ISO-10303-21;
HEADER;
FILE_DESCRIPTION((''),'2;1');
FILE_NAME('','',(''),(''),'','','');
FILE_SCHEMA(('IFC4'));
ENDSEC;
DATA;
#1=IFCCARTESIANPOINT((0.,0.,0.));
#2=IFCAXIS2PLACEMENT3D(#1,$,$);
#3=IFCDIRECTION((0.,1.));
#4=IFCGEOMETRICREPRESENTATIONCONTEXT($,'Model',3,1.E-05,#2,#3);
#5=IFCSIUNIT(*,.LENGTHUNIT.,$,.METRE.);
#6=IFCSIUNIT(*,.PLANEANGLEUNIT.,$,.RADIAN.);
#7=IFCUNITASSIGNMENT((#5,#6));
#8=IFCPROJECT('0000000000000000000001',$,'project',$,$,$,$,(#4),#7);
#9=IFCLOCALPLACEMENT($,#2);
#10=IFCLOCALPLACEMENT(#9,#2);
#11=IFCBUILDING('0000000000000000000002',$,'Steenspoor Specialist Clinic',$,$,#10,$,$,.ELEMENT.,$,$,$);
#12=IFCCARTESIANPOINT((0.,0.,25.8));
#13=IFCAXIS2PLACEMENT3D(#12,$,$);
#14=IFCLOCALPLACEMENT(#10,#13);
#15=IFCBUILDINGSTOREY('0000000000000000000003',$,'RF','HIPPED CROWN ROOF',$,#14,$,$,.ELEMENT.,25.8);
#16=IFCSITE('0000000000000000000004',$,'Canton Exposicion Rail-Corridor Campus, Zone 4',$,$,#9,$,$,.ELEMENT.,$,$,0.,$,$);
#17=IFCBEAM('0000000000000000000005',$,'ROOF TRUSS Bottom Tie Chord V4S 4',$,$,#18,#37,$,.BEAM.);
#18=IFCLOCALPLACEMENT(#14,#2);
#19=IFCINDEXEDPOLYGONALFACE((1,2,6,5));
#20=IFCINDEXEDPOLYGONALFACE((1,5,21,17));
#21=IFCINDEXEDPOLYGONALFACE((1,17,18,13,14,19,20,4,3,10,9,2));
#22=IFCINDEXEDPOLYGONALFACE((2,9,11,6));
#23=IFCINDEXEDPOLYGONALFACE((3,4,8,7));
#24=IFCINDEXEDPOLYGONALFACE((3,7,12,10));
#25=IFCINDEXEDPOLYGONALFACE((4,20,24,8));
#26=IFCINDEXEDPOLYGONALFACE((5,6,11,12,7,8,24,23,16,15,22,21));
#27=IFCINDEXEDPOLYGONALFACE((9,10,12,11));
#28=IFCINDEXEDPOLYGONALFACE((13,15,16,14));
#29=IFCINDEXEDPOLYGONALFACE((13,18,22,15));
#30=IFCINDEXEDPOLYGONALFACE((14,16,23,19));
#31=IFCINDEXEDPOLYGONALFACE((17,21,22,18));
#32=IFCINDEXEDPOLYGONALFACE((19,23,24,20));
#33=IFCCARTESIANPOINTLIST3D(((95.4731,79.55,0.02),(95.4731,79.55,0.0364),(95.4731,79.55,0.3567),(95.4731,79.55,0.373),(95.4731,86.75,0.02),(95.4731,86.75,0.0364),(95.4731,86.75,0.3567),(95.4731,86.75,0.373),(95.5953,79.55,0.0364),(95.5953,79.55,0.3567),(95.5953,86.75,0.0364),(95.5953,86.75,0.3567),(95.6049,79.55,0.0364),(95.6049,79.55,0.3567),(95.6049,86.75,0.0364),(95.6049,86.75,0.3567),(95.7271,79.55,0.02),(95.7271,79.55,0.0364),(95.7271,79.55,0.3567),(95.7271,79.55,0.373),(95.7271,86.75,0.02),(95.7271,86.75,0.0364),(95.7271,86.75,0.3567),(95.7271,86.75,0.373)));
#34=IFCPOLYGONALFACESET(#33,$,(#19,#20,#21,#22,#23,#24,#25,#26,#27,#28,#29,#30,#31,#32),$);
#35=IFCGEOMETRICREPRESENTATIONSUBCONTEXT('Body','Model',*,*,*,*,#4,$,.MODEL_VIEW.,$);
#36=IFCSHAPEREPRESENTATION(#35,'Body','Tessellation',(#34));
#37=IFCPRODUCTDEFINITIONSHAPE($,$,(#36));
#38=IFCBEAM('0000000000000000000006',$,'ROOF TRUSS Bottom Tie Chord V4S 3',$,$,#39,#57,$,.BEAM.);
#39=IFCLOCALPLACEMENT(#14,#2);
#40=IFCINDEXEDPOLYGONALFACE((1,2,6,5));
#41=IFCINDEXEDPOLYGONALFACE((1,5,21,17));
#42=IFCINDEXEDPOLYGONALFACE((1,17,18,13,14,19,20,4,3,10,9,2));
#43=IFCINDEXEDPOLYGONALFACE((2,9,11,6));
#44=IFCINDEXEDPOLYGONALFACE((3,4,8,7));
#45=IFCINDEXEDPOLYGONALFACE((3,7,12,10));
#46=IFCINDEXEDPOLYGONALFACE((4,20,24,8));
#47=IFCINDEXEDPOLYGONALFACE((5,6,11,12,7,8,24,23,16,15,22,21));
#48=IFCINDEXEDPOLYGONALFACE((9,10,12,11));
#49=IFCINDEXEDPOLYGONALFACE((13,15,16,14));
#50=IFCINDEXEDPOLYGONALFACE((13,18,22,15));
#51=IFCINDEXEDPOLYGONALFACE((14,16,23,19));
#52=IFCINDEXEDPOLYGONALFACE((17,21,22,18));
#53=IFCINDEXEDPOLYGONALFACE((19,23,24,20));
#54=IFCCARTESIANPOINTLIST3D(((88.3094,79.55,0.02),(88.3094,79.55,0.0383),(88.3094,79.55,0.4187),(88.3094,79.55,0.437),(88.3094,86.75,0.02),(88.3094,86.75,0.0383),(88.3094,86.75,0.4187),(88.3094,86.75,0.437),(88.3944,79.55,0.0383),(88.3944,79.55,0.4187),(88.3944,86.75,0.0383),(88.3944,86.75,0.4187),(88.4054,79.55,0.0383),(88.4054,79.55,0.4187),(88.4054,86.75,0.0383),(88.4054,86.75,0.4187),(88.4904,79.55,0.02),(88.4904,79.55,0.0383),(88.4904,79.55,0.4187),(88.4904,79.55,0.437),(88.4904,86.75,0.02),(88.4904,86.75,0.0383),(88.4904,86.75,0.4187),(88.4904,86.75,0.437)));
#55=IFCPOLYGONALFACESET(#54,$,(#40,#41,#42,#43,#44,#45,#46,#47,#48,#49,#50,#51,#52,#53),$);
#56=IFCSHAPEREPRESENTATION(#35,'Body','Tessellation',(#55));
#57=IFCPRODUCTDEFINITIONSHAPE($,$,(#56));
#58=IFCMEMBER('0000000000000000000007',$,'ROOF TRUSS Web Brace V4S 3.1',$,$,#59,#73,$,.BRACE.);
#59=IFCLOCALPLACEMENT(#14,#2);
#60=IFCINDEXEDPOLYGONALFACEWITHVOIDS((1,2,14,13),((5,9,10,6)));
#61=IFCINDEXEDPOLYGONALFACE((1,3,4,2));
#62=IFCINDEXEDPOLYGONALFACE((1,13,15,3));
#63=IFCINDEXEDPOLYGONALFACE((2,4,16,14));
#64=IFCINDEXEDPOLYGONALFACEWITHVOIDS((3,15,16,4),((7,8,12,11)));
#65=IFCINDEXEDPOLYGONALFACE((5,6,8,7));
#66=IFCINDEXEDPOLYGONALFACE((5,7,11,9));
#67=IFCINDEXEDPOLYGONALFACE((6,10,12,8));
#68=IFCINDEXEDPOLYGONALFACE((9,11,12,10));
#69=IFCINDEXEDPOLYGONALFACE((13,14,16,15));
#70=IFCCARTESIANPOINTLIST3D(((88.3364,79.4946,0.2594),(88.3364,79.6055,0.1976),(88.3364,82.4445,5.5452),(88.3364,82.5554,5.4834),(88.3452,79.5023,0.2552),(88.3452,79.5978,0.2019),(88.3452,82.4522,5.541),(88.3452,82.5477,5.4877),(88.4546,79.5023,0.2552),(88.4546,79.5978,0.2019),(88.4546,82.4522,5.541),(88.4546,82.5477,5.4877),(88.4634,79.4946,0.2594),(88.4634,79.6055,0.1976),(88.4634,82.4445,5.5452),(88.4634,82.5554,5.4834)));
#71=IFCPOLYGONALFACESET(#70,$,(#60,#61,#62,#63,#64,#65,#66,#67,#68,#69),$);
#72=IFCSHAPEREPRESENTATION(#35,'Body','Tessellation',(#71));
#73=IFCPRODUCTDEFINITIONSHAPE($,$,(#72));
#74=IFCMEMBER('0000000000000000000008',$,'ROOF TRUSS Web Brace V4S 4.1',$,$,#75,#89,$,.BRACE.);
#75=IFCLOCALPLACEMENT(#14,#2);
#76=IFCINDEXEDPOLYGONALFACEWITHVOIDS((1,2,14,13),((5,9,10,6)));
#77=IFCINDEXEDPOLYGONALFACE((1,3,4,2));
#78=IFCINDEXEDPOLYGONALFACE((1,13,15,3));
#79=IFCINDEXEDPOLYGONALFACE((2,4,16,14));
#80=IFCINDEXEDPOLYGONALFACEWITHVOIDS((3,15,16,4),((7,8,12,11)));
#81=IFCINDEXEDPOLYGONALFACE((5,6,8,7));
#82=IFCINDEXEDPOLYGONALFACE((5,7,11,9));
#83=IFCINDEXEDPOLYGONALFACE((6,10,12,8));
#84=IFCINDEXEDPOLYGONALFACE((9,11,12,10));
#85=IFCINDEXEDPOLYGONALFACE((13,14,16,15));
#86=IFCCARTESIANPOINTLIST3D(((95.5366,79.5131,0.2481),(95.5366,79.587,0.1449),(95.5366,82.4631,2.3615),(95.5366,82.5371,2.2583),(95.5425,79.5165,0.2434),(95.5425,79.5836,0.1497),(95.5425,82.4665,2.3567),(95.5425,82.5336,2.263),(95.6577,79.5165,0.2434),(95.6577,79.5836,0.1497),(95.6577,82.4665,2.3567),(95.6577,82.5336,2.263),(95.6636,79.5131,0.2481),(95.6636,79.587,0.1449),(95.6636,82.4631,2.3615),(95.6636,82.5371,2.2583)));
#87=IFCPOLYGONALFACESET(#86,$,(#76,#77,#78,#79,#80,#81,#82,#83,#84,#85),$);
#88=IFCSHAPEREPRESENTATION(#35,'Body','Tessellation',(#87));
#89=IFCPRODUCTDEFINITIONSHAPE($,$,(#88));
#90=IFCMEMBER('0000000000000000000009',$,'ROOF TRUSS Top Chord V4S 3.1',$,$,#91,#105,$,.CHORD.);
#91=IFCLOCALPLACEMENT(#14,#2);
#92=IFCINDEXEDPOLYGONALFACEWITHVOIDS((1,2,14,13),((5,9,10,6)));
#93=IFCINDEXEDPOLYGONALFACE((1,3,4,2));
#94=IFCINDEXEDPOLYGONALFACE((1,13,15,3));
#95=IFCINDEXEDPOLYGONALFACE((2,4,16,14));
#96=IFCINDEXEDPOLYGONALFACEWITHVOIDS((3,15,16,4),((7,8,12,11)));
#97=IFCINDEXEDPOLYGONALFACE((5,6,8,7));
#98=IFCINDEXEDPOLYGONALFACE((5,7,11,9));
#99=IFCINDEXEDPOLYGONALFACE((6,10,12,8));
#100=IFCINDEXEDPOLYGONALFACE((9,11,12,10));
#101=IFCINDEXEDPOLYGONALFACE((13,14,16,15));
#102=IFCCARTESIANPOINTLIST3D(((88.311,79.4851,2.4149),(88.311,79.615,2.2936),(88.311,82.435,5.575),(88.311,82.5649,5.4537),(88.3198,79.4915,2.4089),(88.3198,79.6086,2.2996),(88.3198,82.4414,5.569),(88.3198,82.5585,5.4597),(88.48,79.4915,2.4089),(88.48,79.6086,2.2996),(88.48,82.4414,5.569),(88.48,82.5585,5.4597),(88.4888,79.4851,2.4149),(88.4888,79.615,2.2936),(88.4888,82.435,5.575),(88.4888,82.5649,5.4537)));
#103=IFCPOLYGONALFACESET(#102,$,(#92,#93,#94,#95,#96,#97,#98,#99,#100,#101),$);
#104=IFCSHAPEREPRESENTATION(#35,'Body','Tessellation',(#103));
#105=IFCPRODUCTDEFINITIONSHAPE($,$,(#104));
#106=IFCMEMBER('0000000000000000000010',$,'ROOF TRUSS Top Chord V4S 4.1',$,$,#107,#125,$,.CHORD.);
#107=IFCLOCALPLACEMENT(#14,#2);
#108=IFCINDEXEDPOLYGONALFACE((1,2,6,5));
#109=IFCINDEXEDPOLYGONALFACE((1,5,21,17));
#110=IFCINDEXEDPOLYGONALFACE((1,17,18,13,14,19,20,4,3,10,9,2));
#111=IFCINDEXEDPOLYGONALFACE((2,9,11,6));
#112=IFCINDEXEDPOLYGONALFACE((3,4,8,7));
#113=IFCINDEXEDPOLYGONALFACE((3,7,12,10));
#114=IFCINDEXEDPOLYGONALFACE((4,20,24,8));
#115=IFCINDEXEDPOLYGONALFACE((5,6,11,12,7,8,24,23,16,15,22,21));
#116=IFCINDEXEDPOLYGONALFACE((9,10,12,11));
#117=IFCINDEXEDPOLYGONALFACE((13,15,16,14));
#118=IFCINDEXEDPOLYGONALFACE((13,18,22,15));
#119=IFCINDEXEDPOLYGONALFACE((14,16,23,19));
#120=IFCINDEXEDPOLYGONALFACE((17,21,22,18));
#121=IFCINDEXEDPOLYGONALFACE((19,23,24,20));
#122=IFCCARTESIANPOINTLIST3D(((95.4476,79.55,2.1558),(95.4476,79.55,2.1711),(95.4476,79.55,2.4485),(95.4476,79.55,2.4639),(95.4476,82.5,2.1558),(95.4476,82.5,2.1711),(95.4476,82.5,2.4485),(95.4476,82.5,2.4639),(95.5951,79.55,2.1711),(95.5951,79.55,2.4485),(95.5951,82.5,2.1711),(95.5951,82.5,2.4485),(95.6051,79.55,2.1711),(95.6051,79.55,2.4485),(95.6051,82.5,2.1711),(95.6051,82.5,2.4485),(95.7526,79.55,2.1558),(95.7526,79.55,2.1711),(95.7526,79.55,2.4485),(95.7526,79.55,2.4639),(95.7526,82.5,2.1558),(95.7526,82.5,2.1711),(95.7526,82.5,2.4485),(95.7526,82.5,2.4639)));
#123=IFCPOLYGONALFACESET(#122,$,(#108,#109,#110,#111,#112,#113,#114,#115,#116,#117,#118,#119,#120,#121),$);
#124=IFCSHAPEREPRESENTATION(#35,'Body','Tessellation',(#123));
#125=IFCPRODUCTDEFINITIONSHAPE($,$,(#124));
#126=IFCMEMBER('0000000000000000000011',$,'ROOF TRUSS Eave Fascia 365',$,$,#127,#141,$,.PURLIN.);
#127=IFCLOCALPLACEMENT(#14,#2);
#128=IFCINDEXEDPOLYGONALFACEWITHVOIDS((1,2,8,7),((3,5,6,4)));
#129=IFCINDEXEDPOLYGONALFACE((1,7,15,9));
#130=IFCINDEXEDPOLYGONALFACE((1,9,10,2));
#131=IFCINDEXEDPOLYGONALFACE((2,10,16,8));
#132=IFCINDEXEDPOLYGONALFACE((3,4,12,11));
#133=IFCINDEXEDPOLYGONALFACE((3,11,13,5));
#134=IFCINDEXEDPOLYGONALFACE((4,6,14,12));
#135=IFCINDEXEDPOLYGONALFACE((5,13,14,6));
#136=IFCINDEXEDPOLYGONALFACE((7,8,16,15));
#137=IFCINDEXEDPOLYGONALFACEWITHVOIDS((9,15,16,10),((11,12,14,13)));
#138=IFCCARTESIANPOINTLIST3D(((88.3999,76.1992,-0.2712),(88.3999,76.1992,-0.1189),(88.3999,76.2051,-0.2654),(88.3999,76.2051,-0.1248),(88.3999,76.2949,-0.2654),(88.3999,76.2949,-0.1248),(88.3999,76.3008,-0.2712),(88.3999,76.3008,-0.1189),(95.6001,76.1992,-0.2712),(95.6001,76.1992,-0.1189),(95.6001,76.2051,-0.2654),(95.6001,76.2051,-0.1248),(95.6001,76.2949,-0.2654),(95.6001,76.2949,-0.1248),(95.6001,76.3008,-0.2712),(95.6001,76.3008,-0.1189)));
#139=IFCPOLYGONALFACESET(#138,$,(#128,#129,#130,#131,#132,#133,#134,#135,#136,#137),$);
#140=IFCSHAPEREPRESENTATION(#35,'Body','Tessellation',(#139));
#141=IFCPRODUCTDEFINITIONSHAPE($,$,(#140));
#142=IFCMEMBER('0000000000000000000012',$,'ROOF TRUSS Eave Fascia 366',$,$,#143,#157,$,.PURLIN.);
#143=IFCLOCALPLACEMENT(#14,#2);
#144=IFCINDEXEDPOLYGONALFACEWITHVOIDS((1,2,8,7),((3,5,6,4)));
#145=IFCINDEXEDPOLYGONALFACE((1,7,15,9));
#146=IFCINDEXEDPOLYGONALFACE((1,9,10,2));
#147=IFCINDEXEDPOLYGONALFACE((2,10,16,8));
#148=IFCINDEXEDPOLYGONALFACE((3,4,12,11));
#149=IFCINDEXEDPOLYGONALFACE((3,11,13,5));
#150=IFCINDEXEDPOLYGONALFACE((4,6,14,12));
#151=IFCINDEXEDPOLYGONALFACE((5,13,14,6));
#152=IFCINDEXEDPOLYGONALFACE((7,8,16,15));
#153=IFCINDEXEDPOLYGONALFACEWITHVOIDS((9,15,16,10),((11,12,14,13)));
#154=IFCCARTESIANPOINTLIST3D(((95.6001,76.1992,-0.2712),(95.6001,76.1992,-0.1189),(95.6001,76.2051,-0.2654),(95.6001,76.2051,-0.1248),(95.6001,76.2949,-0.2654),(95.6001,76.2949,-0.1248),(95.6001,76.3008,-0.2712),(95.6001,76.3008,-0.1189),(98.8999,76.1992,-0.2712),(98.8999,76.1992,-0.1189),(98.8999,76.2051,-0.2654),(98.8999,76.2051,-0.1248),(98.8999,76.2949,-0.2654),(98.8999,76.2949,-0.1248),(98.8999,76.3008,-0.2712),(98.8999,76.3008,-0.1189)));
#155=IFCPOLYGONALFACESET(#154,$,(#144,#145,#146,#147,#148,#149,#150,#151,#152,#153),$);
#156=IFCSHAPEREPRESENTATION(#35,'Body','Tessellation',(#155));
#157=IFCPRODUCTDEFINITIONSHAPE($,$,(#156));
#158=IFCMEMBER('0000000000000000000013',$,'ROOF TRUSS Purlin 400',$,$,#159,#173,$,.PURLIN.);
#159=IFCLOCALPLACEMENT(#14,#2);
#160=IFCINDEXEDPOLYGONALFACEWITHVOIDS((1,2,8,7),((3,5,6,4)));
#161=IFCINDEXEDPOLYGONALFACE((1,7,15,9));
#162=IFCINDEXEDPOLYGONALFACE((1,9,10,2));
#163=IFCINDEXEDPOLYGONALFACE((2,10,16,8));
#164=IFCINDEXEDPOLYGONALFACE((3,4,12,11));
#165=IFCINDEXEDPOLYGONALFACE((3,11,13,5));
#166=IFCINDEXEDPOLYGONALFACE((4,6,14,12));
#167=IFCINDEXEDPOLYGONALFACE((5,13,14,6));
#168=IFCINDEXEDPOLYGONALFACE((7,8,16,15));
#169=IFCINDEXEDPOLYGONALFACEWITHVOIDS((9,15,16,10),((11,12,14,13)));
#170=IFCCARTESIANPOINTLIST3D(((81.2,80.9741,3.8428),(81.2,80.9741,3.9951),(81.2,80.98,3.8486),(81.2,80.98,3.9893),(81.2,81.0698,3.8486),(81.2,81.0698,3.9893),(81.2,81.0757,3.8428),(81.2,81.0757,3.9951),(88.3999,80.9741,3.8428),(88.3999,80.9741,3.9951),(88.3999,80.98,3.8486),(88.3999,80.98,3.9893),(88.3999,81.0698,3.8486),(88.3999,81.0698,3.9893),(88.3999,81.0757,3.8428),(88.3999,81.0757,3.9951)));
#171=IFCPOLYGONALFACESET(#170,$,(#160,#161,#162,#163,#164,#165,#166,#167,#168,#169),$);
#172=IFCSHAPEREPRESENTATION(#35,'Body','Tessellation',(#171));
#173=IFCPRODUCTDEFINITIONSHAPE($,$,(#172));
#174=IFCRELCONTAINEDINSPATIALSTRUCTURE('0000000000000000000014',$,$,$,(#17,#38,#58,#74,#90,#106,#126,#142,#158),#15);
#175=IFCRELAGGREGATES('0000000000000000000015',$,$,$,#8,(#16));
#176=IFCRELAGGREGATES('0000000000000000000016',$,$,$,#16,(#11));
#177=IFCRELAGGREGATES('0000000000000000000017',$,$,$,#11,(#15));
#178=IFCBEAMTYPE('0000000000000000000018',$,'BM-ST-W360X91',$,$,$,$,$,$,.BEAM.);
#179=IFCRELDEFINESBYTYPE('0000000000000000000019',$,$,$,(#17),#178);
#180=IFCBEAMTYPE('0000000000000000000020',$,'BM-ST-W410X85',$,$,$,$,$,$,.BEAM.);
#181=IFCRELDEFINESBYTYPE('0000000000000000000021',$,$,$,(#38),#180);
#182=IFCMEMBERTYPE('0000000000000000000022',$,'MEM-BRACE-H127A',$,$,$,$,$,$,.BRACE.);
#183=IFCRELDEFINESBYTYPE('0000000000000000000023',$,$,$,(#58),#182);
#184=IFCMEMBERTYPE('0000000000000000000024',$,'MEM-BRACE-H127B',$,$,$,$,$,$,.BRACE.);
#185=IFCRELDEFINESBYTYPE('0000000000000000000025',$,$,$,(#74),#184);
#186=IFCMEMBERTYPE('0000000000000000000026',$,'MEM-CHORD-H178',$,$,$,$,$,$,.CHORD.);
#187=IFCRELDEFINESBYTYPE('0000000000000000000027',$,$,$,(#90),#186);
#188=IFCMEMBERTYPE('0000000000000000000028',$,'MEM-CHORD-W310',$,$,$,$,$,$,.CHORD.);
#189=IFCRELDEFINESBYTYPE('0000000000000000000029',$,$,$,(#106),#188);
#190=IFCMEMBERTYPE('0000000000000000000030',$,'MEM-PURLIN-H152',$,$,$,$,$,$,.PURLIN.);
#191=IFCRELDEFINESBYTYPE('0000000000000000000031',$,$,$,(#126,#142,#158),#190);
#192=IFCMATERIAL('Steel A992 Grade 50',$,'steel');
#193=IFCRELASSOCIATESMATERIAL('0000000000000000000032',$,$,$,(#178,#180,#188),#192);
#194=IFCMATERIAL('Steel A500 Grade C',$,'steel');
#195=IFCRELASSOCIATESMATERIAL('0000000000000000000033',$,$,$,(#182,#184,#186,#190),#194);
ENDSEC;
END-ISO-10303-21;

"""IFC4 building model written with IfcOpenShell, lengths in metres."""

from ifc_helpers import new_model, si_unit, direction, frame, origin, origin_2d, place, context, subcontext, project, spatial, hollow_rectangle, i_section, extrude, material, material_profile, profile_set, type_object, element, save


model = new_model("IFC4")

# Units and contexts
model_context = context("Model", 3, precision=1e-05, world=origin(), true_north=direction((0.0, 1.0)))
body_context = subcontext(model_context, "Body", "Model", "MODEL_VIEW")
ifc_project = project(units=[si_unit("LENGTHUNIT", "METRE"), si_unit("PLANEANGLEUNIT", "RADIAN")], contexts=[model_context])

# Site, building, storey
site_placement = place(None, origin())
site = spatial("IfcSite", under=ifc_project, at=site_placement, Name="Canton Exposicion Rail-Corridor Campus, Zone 4", CompositionType="ELEMENT", RefElevation=0.0)
building_placement = place(site_placement, origin())
building = spatial("IfcBuilding", under=site, at=building_placement, Name="Steenspoor Specialist Clinic", CompositionType="ELEMENT")
storey_placement = place(building_placement, frame((0.0, 0.0, 25.8)))
storey = spatial("IfcBuildingStorey", under=building, at=storey_placement, Name="RF", Description="HIPPED CROWN ROOF", CompositionType="ELEMENT", Elevation=25.8)

# Beams
ifc_material_1 = material(Name="Steel A992 Grade 50", Category="steel")
ifc_material_profile_1 = material_profile(ifc_material_1, i_section(OverallWidth=0.2539, OverallDepth=0.353, WebThickness=0.0095, FlangeThickness=0.0164, at=origin_2d()), Name="W360X91")
ifc_profile_set_1 = profile_set([ifc_material_profile_1], Name="Steel A992 Grade 50")
beam_type_1 = type_object("IfcBeamType", Name="BM-ST-W360X91", PredefinedType="BEAM", material=ifc_profile_set_1)
beam_1_placement = place(storey_placement, frame((95.6001, 79.55, 0.1965), z_axis=(0.0, 1.0, 0.0), x_axis=(-1.0, 0.0, 0.0)))
element("IfcBeam", 1, at=beam_1_placement, inside=storey, type_object=beam_type_1, Name="ROOF TRUSS Bottom Tie Chord V4S 4", PredefinedType="BEAM", context=body_context, shape_type="SweptSolid", body=[
    extrude(i_section(OverallWidth=0.2539, OverallDepth=0.353, WebThickness=0.0095, FlangeThickness=0.0164, at=origin_2d()), origin(), (0.0, 0.0, 1.0), 7.2),
])
ifc_material_profile_2 = material_profile(ifc_material_1, i_section(OverallWidth=0.1809, OverallDepth=0.417, WebThickness=0.011, FlangeThickness=0.0183, at=origin_2d()), Name="W410X85")
ifc_profile_set_2 = profile_set([ifc_material_profile_2], Name="Steel A992 Grade 50")
beam_type_2 = type_object("IfcBeamType", Name="BM-ST-W410X85", PredefinedType="BEAM", material=ifc_profile_set_2)
beam_2_placement = place(storey_placement, frame((88.3999, 79.55, 0.2285), z_axis=(0.0, 1.0, 0.0), x_axis=(-1.0, 0.0, 0.0)))
element("IfcBeam", 2, at=beam_2_placement, inside=storey, type_object=beam_type_2, Name="ROOF TRUSS Bottom Tie Chord V4S 3", PredefinedType="BEAM", context=body_context, shape_type="SweptSolid", body=[
    extrude(i_section(OverallWidth=0.1809, OverallDepth=0.417, WebThickness=0.011, FlangeThickness=0.0183, at=origin_2d()), origin(), (0.0, 0.0, 1.0), 7.2),
])

# Members
ifc_material_2 = material(Name="Steel A500 Grade C", Category="steel")
ifc_material_profile_3 = material_profile(ifc_material_2, hollow_rectangle(XDim=0.127, YDim=0.127, WallThickness=0.0088, at=origin_2d()), Name="HSS127X127X9.5")
ifc_profile_set_3 = profile_set([ifc_material_profile_3], Name="Steel A500 Grade C")
member_type_1 = type_object("IfcMemberType", Name="MEM-BRACE-H127A", PredefinedType="BRACE", material=ifc_profile_set_3)
member_1_placement = place(storey_placement, frame((88.3999, 79.55, 0.2285), z_axis=(0.0, 0.487327, 0.87322), x_axis=(-1.0, 0.0, 0.0)))
element("IfcMember", 3, at=member_1_placement, inside=storey, type_object=member_type_1, Name="ROOF TRUSS Web Brace V4S 3.1", PredefinedType="BRACE", context=body_context, shape_type="SweptSolid", body=[
    extrude(hollow_rectangle(XDim=0.127, YDim=0.127, WallThickness=0.0088, at=origin_2d()), origin(), (0.0, 0.0, 1.0), 6.0532),
])
ifc_material_profile_4 = material_profile(ifc_material_2, hollow_rectangle(XDim=0.127, YDim=0.127, WallThickness=0.0059, at=origin_2d()), Name="HSS127X127X6.4")
ifc_profile_set_4 = profile_set([ifc_material_profile_4], Name="Steel A500 Grade C")
member_type_2 = type_object("IfcMemberType", Name="MEM-BRACE-H127B", PredefinedType="BRACE", material=ifc_profile_set_4)
member_2_placement = place(storey_placement, frame((95.6001, 79.55, 0.1965), z_axis=(0.0, 0.812928, 0.582364), x_axis=(-1.0, 0.0, 0.0)))
element("IfcMember", 4, at=member_2_placement, inside=storey, type_object=member_type_2, Name="ROOF TRUSS Web Brace V4S 4.1", PredefinedType="BRACE", context=body_context, shape_type="SweptSolid", body=[
    extrude(hollow_rectangle(XDim=0.127, YDim=0.127, WallThickness=0.0059, at=origin_2d()), origin(), (0.0, 0.0, 1.0), 3.6289),
])
ifc_material_profile_5 = material_profile(ifc_material_2, hollow_rectangle(XDim=0.1777, YDim=0.1777, WallThickness=0.0088, at=origin_2d()), Name="HSS178X178X9.5")
ifc_profile_set_5 = profile_set([ifc_material_profile_5], Name="Steel A500 Grade C")
member_type_3 = type_object("IfcMemberType", Name="MEM-CHORD-H178", PredefinedType="CHORD", material=ifc_profile_set_5)
member_3_placement = place(storey_placement, frame((88.3999, 79.55, 2.3542), z_axis=(0.0, 0.682377, 0.731001), x_axis=(-1.0, 0.0, 0.0)))
element("IfcMember", 5, at=member_3_placement, inside=storey, type_object=member_type_3, Name="ROOF TRUSS Top Chord V4S 3.1", PredefinedType="CHORD", context=body_context, shape_type="SweptSolid", body=[
    extrude(hollow_rectangle(XDim=0.1777, YDim=0.1777, WallThickness=0.0088, at=origin_2d()), origin(), (0.0, 0.0, 1.0), 4.323),
])
ifc_material_profile_6 = material_profile(ifc_material_1, i_section(OverallWidth=0.3049, OverallDepth=0.3081, WebThickness=0.01, FlangeThickness=0.0154, at=origin_2d()), Name="W310X97")
ifc_profile_set_6 = profile_set([ifc_material_profile_6], Name="Steel A992 Grade 50")
member_type_4 = type_object("IfcMemberType", Name="MEM-CHORD-W310", PredefinedType="CHORD", material=ifc_profile_set_6)
member_4_placement = place(storey_placement, frame((95.6001, 79.55, 2.3098), z_axis=(0.0, 1.0, 0.0), x_axis=(-1.0, 0.0, 0.0)))
element("IfcMember", 6, at=member_4_placement, inside=storey, type_object=member_type_4, Name="ROOF TRUSS Top Chord V4S 4.1", PredefinedType="CHORD", context=body_context, shape_type="SweptSolid", body=[
    extrude(i_section(OverallWidth=0.3049, OverallDepth=0.3081, WebThickness=0.01, FlangeThickness=0.0154, at=origin_2d()), origin(), (0.0, 0.0, 1.0), 2.95),
])
ifc_material_profile_7 = material_profile(ifc_material_2, hollow_rectangle(XDim=0.1016, YDim=0.1523, WallThickness=0.0059, at=origin_2d()), Name="HSS152X102X6.4")
ifc_profile_set_7 = profile_set([ifc_material_profile_7], Name="Steel A500 Grade C")
member_type_5 = type_object("IfcMemberType", Name="MEM-PURLIN-H152", PredefinedType="PURLIN", material=ifc_profile_set_7)
member_5_placement = place(storey_placement, frame((88.3999, 76.25, -0.1951), z_axis=(1.0, 0.0, 0.0), x_axis=(0.0, 1.0, 0.0)))
element("IfcMember", 7, at=member_5_placement, inside=storey, type_object=member_type_5, Name="ROOF TRUSS Eave Fascia 365", PredefinedType="PURLIN", context=body_context, shape_type="SweptSolid", body=[
    extrude(hollow_rectangle(XDim=0.1016, YDim=0.1523, WallThickness=0.0059, at=origin_2d()), origin(), (0.0, 0.0, 1.0), 7.2002),
])
member_6_placement = place(storey_placement, frame((95.6001, 76.25, -0.1951), z_axis=(1.0, 0.0, 0.0), x_axis=(0.0, 1.0, 0.0)))
element("IfcMember", 8, at=member_6_placement, inside=storey, type_object=member_type_5, Name="ROOF TRUSS Eave Fascia 366", PredefinedType="PURLIN", context=body_context, shape_type="SweptSolid", body=[
    extrude(hollow_rectangle(XDim=0.1016, YDim=0.1523, WallThickness=0.0059, at=origin_2d()), origin(), (0.0, 0.0, 1.0), 3.2998),
])
member_7_placement = place(storey_placement, frame((81.2, 81.0249, 3.9189), z_axis=(1.0, 0.0, 0.0), x_axis=(0.0, 1.0, 0.0)))
element("IfcMember", 9, at=member_7_placement, inside=storey, type_object=member_type_5, Name="ROOF TRUSS Purlin 400", PredefinedType="PURLIN", context=body_context, shape_type="SweptSolid", body=[
    extrude(hollow_rectangle(XDim=0.1016, YDim=0.1523, WallThickness=0.0059, at=origin_2d()), origin(), (0.0, 0.0, 1.0), 7.2),
])

save(model, "model.ifc")
